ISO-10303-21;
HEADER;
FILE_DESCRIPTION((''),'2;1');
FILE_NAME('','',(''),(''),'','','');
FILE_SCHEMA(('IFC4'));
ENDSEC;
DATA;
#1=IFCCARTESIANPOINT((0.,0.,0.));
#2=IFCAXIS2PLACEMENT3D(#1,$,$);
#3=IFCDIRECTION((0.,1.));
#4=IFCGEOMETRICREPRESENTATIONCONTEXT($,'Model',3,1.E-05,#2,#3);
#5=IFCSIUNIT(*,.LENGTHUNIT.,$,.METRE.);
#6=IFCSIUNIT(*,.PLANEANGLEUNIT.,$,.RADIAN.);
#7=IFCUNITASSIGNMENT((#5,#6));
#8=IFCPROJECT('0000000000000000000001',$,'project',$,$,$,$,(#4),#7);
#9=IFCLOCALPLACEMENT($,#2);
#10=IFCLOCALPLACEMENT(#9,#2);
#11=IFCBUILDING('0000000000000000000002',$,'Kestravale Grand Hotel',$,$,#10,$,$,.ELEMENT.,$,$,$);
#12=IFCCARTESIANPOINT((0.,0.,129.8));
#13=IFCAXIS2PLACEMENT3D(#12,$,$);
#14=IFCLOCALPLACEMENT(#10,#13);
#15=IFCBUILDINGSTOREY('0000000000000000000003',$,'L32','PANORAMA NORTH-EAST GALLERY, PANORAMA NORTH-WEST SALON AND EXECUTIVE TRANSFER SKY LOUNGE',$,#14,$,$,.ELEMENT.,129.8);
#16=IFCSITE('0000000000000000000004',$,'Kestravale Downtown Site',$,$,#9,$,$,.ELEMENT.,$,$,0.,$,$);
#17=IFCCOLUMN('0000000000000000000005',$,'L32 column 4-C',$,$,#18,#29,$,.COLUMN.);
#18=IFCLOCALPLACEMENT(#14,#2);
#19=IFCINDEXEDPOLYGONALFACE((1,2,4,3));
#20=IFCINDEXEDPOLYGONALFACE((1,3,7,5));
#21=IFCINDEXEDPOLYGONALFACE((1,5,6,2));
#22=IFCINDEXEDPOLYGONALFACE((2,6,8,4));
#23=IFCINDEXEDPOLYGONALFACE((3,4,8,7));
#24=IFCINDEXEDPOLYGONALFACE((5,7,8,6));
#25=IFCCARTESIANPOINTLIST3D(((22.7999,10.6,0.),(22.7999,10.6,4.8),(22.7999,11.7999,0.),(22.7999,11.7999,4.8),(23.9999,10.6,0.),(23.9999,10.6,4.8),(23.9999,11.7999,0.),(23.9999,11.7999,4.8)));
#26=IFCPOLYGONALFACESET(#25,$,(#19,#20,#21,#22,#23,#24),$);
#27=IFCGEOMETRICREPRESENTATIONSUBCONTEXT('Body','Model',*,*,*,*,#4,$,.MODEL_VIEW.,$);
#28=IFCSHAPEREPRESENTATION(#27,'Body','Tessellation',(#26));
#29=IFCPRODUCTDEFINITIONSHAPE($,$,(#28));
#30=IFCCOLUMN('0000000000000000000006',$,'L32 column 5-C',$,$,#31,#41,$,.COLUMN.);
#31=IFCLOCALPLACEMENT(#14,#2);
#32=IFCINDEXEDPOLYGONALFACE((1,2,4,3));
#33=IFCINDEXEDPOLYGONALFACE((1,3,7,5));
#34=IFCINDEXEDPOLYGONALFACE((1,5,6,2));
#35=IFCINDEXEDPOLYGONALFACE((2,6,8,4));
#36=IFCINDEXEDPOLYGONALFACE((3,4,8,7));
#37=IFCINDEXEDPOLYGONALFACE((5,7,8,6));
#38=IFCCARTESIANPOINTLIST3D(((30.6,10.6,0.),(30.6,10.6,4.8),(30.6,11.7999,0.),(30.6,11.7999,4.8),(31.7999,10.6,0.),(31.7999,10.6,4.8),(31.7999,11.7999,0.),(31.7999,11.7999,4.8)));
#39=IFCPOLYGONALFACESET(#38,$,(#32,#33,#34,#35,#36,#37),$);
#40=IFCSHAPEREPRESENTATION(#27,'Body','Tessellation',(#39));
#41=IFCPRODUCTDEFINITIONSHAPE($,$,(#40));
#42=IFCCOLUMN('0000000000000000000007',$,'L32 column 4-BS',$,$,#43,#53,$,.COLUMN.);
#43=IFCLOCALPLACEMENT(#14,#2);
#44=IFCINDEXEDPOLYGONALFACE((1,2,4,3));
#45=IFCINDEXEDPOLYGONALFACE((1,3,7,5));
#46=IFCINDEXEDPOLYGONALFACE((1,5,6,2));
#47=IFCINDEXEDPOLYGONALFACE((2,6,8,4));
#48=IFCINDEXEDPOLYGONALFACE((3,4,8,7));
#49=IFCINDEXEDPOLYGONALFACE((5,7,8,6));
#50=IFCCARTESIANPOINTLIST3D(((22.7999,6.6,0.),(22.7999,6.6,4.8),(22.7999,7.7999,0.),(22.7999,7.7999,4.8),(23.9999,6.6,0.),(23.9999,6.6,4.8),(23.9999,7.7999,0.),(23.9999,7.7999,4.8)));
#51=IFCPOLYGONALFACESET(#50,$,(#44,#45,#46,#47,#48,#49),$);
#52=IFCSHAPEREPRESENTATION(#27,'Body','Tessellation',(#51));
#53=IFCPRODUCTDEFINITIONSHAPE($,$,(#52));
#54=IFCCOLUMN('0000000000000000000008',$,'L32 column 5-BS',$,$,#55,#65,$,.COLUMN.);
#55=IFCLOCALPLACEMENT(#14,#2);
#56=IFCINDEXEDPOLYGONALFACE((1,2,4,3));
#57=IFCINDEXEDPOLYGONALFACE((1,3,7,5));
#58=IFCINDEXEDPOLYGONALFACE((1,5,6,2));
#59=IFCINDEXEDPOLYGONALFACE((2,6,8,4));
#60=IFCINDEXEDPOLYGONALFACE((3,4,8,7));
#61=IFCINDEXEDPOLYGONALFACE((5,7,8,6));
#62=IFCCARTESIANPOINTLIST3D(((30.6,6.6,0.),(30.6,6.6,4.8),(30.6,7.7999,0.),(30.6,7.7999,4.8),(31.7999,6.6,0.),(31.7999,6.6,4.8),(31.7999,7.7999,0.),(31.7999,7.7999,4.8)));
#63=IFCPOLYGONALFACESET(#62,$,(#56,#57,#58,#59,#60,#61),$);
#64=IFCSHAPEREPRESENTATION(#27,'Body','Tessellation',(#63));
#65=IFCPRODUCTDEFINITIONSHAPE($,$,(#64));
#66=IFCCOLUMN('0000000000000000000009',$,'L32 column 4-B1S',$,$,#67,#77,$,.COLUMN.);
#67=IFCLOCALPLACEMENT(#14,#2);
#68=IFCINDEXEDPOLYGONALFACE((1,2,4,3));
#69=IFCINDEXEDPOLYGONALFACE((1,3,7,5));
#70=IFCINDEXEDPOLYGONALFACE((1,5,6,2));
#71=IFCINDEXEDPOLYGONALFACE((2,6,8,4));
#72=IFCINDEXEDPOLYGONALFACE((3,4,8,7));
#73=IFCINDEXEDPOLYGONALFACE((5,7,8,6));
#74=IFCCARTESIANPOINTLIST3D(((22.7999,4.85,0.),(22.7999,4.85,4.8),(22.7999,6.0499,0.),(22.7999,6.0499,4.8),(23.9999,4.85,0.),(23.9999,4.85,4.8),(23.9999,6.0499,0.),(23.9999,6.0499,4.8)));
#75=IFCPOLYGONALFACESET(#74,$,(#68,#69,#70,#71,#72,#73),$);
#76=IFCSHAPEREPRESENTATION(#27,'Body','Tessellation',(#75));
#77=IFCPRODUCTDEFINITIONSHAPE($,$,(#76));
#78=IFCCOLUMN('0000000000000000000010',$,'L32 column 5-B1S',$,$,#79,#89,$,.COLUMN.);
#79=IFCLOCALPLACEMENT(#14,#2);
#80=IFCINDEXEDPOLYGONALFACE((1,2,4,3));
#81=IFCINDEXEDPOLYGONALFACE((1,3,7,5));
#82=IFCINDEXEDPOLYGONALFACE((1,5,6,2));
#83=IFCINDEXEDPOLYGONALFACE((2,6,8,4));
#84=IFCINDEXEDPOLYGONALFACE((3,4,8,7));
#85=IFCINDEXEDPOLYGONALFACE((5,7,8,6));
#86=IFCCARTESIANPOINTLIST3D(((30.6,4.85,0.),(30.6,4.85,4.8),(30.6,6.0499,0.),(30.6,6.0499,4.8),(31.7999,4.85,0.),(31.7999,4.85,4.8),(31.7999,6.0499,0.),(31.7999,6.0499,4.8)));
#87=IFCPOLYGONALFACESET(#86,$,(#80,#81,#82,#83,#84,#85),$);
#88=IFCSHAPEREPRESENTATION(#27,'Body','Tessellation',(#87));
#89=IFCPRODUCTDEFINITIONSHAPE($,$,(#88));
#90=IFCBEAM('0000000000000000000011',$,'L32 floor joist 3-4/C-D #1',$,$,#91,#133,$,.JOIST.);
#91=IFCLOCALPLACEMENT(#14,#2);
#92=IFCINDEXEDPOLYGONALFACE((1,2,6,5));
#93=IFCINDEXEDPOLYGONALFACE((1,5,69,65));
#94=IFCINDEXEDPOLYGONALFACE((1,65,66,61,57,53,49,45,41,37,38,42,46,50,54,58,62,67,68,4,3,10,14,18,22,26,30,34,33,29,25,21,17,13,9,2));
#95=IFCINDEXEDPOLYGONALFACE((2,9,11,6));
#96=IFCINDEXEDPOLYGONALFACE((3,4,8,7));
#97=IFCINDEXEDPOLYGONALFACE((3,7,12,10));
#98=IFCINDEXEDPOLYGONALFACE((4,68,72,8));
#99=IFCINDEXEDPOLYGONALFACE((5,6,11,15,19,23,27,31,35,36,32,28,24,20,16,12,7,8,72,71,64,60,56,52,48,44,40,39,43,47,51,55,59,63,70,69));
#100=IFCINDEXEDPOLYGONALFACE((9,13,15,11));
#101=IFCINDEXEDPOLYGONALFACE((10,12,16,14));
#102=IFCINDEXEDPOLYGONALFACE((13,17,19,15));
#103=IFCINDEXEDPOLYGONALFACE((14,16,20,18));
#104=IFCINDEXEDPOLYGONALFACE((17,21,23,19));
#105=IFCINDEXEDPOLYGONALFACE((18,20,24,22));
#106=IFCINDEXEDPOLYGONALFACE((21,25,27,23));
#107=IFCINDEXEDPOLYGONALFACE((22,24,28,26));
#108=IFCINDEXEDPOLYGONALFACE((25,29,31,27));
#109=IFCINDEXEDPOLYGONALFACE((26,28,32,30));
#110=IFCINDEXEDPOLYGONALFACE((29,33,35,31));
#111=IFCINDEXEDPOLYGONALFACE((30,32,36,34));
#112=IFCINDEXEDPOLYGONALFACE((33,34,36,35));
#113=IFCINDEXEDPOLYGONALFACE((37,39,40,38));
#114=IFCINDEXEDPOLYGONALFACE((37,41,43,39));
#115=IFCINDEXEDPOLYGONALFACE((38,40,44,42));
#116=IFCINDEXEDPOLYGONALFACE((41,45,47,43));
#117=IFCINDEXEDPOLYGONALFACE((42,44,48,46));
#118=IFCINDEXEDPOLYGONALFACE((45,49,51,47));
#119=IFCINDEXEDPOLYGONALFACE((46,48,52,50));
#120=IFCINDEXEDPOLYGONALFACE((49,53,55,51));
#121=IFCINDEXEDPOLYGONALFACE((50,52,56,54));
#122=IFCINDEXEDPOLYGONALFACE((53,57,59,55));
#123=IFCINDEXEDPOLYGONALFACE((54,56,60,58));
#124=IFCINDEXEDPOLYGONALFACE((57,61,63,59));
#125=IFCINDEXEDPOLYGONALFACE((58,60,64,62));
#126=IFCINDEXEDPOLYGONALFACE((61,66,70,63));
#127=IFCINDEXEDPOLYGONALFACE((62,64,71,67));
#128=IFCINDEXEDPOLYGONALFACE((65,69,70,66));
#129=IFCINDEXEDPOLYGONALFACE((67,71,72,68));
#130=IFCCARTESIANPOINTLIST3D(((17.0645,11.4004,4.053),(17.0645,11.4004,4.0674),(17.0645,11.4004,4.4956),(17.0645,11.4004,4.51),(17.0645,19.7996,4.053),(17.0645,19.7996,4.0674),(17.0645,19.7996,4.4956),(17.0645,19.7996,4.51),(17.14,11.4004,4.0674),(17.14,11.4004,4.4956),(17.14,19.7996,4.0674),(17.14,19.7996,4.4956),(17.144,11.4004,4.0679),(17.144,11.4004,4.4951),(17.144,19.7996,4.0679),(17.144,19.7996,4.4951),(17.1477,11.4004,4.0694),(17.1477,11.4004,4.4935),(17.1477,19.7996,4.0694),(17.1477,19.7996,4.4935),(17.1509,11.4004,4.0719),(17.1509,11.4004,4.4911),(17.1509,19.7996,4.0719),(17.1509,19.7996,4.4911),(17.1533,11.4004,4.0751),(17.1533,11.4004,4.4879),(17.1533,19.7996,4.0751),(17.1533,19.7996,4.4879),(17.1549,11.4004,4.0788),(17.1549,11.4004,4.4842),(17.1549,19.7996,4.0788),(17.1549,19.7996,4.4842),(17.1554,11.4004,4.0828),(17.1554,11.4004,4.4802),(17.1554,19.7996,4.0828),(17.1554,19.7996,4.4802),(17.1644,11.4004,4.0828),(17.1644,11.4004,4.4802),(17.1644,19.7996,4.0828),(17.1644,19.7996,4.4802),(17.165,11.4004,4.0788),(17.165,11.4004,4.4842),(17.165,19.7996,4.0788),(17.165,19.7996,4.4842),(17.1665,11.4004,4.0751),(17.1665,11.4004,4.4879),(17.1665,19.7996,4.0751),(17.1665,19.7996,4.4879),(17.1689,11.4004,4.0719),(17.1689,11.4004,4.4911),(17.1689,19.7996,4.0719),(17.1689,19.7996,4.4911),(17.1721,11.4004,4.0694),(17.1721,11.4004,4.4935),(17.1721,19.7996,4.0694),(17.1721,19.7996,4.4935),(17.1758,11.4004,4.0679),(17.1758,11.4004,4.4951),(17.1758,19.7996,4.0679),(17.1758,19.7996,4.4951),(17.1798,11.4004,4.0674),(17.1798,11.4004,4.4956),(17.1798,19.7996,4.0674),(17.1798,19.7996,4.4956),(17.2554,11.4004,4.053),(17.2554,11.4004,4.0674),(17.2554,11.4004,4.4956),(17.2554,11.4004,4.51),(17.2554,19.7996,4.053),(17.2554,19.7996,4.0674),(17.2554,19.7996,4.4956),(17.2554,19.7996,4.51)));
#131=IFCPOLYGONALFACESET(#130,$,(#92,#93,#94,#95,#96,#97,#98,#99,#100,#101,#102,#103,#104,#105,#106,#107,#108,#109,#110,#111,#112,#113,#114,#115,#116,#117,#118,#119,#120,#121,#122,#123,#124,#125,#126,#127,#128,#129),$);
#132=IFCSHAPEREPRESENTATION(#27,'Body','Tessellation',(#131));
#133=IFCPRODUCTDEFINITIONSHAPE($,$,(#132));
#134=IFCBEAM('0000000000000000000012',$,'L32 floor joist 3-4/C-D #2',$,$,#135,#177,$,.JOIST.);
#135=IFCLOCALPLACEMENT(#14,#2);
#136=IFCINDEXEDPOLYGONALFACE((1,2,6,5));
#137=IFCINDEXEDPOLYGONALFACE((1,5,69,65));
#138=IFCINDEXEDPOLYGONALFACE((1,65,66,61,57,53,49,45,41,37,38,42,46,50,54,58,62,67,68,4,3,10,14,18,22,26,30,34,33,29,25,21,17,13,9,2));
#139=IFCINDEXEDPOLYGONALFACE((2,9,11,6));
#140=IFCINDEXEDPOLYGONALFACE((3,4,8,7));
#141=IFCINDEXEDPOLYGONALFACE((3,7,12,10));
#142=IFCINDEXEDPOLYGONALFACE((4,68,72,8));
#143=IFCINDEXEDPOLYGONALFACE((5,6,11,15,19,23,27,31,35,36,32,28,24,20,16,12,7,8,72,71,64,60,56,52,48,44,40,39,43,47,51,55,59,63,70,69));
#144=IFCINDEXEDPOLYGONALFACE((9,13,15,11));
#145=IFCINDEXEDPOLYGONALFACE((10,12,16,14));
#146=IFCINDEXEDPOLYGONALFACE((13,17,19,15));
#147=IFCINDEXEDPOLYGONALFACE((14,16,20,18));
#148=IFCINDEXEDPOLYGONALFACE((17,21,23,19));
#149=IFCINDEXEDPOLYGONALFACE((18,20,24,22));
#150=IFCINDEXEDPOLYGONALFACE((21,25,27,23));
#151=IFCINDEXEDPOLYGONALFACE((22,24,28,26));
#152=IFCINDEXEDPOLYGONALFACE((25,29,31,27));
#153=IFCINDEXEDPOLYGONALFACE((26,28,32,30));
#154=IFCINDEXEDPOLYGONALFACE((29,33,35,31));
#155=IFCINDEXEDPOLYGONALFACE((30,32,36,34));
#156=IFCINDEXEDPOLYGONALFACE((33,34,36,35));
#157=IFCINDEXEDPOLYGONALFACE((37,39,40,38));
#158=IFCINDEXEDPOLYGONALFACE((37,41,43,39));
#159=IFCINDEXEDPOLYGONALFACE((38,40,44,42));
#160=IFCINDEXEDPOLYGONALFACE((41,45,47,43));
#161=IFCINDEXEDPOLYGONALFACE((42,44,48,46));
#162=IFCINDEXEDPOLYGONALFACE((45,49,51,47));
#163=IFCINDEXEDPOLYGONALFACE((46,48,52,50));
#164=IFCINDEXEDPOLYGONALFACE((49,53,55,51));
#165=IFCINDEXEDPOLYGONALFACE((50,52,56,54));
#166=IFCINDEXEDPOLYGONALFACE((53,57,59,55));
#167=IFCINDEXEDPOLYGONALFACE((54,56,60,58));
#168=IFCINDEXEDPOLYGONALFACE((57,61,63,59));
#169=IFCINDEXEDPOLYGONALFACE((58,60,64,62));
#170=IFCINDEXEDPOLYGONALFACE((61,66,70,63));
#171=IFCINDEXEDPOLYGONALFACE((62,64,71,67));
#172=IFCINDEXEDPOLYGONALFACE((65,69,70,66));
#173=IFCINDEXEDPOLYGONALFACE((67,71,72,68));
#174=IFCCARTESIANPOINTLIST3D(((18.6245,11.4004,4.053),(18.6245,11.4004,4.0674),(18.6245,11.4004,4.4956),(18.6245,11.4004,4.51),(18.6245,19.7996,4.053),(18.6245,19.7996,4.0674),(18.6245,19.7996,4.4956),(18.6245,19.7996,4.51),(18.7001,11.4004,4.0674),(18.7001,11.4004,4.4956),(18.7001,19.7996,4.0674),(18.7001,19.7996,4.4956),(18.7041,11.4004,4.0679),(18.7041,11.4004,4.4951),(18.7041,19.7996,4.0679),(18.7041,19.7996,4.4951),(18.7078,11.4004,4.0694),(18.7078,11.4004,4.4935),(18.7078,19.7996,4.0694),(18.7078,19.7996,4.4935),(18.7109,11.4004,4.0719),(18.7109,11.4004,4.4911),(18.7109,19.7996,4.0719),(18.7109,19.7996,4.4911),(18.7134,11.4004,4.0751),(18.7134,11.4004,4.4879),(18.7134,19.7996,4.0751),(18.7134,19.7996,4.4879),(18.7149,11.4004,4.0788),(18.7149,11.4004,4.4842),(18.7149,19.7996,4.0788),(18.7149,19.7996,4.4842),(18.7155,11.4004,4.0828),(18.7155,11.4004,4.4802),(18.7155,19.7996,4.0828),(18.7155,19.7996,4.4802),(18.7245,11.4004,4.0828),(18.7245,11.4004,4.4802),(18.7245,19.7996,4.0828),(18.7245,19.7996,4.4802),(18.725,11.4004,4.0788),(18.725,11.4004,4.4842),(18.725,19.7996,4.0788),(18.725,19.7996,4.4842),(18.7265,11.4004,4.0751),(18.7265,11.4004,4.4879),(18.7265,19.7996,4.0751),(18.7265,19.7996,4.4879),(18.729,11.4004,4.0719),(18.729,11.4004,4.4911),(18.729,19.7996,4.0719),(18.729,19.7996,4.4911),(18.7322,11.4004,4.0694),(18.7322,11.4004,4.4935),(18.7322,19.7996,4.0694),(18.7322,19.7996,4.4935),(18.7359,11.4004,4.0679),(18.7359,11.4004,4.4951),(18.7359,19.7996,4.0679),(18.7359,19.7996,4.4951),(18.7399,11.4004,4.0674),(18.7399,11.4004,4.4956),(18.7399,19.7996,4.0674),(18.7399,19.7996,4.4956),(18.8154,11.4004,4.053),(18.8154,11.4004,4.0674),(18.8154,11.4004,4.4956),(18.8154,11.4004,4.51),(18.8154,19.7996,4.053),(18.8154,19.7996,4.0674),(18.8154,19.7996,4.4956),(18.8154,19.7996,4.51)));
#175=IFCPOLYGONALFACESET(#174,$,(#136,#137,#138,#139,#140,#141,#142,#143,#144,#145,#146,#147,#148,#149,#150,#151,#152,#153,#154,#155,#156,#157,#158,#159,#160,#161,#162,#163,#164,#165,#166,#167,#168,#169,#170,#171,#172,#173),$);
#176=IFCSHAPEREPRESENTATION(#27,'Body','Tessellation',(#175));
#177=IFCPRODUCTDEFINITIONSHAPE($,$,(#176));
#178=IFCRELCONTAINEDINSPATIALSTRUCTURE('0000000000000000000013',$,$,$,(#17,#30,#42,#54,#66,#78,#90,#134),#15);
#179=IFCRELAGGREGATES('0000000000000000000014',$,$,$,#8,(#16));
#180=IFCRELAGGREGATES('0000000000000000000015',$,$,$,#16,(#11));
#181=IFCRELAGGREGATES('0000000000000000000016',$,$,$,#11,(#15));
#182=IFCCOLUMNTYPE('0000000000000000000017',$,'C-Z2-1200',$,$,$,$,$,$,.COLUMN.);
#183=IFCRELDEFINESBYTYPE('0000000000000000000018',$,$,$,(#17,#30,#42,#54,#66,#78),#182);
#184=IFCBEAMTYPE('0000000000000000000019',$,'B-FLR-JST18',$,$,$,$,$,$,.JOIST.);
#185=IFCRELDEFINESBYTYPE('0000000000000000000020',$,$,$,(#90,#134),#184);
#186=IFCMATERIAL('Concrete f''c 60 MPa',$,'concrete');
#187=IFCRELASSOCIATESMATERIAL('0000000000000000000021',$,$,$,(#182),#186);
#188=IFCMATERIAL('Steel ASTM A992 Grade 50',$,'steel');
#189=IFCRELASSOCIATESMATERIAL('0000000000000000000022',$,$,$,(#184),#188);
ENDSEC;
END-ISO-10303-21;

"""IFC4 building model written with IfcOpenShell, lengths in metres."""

from ifc_helpers import new_model, si_unit, direction, frame, origin, origin_2d, place, context, subcontext, project, spatial, rectangle, i_section, extrude, material, material_profile, profile_set, type_object, element, save


model = new_model("IFC4")

# Units and contexts
model_context = context("Model", 3, precision=1e-05, world=origin(), true_north=direction((0.0, 1.0)))
body_context = subcontext(model_context, "Body", "Model", "MODEL_VIEW")
ifc_project = project(units=[si_unit("LENGTHUNIT", "METRE"), si_unit("PLANEANGLEUNIT", "RADIAN")], contexts=[model_context])

# Site, building, storey
site_placement = place(None, origin())
site = spatial("IfcSite", under=ifc_project, at=site_placement, Name="Kestravale Downtown Site", CompositionType="ELEMENT", RefElevation=0.0)
building_placement = place(site_placement, origin())
building = spatial("IfcBuilding", under=site, at=building_placement, Name="Kestravale Grand Hotel", CompositionType="ELEMENT")
storey_placement = place(building_placement, frame((0.0, 0.0, 129.8)))
storey = spatial("IfcBuildingStorey", under=building, at=storey_placement, Name="L32", Description="PANORAMA NORTH-EAST GALLERY, PANORAMA NORTH-WEST SALON AND EXECUTIVE TRANSFER SKY LOUNGE", CompositionType="ELEMENT", Elevation=129.8)

# Columns
ifc_material_1 = material(Name="Concrete f'c 60 MPa", Category="concrete")
ifc_material_profile_1 = material_profile(ifc_material_1, rectangle(XDim=1.2, YDim=1.2, at=origin_2d()))
ifc_profile_set_1 = profile_set([ifc_material_profile_1], Name="Concrete f'c 60 MPa")
column_type = type_object("IfcColumnType", Name="C-Z2-1200", PredefinedType="COLUMN", material=ifc_profile_set_1)
for number, where, z_axis, x_axis, name in (
    (1, (23.3999, 11.2, 0.0), (0.0, 0.0, 1.0), (1.0, 0.0, 0.0), "L32 column 4-C"),
    (2, (31.2, 11.2, 0.0), (0.0, 0.0, 1.0), (1.0, 0.0, 0.0), "L32 column 5-C"),
    (3, (23.3999, 7.2, 0.0), (0.0, 0.0, 1.0), (1.0, 0.0, 0.0), "L32 column 4-BS"),
    (4, (31.2, 7.2, 0.0), (0.0, 0.0, 1.0), (1.0, 0.0, 0.0), "L32 column 5-BS"),
    (5, (23.3999, 5.45, 0.0), (0.0, 0.0, 1.0), (1.0, 0.0, 0.0), "L32 column 4-B1S"),
    (6, (31.2, 5.45, 0.0), (0.0, 0.0, 1.0), (1.0, 0.0, 0.0), "L32 column 5-B1S"),
):
    element("IfcColumn", number, at=place(storey_placement, frame(where, z_axis=z_axis, x_axis=x_axis)), inside=storey, type_object=column_type, Name=name, PredefinedType="COLUMN", context=body_context, shape_type="SweptSolid", body=[
        extrude(rectangle(XDim=1.2, YDim=1.2, at=origin_2d()), origin(), (0.0, 0.0, 1.0), 4.8),
    ])

# Beams
ifc_material_2 = material(Name="Steel ASTM A992 Grade 50", Category="steel")
ifc_material_profile_2 = material_profile(ifc_material_2, i_section(OverallWidth=0.1909, OverallDepth=0.457, WebThickness=0.009, FlangeThickness=0.0144, FilletRadius=0.0154, at=origin_2d()))
ifc_profile_set_2 = profile_set([ifc_material_profile_2], Name="Steel ASTM A992 Grade 50")
beam_type_1 = type_object("IfcBeamType", Name="B-FLR-JST18", PredefinedType="JOIST", material=ifc_profile_set_2)
for number, where, z_axis, x_axis, name in (
    (7, (17.1599, 11.4004, 4.2815), (0.0, 1.0, 0.0), (-1.0, 0.0, 0.0), "L32 floor joist 3-4/C-D #1"),
    (8, (18.72, 11.4004, 4.2815), (0.0, 1.0, 0.0), (-1.0, 0.0, 0.0), "L32 floor joist 3-4/C-D #2"),
):
    element("IfcBeam", number, at=place(storey_placement, frame(where, z_axis=z_axis, x_axis=x_axis)), inside=storey, type_object=beam_type_1, Name=name, PredefinedType="JOIST", context=body_context, shape_type="SweptSolid", body=[
        extrude(i_section(OverallWidth=0.1909, OverallDepth=0.457, WebThickness=0.009, FlangeThickness=0.0144, FilletRadius=0.0154, at=origin_2d()), origin(), (0.0, 0.0, 1.0), 8.3992),
    ])

save(model, "model.ifc")
